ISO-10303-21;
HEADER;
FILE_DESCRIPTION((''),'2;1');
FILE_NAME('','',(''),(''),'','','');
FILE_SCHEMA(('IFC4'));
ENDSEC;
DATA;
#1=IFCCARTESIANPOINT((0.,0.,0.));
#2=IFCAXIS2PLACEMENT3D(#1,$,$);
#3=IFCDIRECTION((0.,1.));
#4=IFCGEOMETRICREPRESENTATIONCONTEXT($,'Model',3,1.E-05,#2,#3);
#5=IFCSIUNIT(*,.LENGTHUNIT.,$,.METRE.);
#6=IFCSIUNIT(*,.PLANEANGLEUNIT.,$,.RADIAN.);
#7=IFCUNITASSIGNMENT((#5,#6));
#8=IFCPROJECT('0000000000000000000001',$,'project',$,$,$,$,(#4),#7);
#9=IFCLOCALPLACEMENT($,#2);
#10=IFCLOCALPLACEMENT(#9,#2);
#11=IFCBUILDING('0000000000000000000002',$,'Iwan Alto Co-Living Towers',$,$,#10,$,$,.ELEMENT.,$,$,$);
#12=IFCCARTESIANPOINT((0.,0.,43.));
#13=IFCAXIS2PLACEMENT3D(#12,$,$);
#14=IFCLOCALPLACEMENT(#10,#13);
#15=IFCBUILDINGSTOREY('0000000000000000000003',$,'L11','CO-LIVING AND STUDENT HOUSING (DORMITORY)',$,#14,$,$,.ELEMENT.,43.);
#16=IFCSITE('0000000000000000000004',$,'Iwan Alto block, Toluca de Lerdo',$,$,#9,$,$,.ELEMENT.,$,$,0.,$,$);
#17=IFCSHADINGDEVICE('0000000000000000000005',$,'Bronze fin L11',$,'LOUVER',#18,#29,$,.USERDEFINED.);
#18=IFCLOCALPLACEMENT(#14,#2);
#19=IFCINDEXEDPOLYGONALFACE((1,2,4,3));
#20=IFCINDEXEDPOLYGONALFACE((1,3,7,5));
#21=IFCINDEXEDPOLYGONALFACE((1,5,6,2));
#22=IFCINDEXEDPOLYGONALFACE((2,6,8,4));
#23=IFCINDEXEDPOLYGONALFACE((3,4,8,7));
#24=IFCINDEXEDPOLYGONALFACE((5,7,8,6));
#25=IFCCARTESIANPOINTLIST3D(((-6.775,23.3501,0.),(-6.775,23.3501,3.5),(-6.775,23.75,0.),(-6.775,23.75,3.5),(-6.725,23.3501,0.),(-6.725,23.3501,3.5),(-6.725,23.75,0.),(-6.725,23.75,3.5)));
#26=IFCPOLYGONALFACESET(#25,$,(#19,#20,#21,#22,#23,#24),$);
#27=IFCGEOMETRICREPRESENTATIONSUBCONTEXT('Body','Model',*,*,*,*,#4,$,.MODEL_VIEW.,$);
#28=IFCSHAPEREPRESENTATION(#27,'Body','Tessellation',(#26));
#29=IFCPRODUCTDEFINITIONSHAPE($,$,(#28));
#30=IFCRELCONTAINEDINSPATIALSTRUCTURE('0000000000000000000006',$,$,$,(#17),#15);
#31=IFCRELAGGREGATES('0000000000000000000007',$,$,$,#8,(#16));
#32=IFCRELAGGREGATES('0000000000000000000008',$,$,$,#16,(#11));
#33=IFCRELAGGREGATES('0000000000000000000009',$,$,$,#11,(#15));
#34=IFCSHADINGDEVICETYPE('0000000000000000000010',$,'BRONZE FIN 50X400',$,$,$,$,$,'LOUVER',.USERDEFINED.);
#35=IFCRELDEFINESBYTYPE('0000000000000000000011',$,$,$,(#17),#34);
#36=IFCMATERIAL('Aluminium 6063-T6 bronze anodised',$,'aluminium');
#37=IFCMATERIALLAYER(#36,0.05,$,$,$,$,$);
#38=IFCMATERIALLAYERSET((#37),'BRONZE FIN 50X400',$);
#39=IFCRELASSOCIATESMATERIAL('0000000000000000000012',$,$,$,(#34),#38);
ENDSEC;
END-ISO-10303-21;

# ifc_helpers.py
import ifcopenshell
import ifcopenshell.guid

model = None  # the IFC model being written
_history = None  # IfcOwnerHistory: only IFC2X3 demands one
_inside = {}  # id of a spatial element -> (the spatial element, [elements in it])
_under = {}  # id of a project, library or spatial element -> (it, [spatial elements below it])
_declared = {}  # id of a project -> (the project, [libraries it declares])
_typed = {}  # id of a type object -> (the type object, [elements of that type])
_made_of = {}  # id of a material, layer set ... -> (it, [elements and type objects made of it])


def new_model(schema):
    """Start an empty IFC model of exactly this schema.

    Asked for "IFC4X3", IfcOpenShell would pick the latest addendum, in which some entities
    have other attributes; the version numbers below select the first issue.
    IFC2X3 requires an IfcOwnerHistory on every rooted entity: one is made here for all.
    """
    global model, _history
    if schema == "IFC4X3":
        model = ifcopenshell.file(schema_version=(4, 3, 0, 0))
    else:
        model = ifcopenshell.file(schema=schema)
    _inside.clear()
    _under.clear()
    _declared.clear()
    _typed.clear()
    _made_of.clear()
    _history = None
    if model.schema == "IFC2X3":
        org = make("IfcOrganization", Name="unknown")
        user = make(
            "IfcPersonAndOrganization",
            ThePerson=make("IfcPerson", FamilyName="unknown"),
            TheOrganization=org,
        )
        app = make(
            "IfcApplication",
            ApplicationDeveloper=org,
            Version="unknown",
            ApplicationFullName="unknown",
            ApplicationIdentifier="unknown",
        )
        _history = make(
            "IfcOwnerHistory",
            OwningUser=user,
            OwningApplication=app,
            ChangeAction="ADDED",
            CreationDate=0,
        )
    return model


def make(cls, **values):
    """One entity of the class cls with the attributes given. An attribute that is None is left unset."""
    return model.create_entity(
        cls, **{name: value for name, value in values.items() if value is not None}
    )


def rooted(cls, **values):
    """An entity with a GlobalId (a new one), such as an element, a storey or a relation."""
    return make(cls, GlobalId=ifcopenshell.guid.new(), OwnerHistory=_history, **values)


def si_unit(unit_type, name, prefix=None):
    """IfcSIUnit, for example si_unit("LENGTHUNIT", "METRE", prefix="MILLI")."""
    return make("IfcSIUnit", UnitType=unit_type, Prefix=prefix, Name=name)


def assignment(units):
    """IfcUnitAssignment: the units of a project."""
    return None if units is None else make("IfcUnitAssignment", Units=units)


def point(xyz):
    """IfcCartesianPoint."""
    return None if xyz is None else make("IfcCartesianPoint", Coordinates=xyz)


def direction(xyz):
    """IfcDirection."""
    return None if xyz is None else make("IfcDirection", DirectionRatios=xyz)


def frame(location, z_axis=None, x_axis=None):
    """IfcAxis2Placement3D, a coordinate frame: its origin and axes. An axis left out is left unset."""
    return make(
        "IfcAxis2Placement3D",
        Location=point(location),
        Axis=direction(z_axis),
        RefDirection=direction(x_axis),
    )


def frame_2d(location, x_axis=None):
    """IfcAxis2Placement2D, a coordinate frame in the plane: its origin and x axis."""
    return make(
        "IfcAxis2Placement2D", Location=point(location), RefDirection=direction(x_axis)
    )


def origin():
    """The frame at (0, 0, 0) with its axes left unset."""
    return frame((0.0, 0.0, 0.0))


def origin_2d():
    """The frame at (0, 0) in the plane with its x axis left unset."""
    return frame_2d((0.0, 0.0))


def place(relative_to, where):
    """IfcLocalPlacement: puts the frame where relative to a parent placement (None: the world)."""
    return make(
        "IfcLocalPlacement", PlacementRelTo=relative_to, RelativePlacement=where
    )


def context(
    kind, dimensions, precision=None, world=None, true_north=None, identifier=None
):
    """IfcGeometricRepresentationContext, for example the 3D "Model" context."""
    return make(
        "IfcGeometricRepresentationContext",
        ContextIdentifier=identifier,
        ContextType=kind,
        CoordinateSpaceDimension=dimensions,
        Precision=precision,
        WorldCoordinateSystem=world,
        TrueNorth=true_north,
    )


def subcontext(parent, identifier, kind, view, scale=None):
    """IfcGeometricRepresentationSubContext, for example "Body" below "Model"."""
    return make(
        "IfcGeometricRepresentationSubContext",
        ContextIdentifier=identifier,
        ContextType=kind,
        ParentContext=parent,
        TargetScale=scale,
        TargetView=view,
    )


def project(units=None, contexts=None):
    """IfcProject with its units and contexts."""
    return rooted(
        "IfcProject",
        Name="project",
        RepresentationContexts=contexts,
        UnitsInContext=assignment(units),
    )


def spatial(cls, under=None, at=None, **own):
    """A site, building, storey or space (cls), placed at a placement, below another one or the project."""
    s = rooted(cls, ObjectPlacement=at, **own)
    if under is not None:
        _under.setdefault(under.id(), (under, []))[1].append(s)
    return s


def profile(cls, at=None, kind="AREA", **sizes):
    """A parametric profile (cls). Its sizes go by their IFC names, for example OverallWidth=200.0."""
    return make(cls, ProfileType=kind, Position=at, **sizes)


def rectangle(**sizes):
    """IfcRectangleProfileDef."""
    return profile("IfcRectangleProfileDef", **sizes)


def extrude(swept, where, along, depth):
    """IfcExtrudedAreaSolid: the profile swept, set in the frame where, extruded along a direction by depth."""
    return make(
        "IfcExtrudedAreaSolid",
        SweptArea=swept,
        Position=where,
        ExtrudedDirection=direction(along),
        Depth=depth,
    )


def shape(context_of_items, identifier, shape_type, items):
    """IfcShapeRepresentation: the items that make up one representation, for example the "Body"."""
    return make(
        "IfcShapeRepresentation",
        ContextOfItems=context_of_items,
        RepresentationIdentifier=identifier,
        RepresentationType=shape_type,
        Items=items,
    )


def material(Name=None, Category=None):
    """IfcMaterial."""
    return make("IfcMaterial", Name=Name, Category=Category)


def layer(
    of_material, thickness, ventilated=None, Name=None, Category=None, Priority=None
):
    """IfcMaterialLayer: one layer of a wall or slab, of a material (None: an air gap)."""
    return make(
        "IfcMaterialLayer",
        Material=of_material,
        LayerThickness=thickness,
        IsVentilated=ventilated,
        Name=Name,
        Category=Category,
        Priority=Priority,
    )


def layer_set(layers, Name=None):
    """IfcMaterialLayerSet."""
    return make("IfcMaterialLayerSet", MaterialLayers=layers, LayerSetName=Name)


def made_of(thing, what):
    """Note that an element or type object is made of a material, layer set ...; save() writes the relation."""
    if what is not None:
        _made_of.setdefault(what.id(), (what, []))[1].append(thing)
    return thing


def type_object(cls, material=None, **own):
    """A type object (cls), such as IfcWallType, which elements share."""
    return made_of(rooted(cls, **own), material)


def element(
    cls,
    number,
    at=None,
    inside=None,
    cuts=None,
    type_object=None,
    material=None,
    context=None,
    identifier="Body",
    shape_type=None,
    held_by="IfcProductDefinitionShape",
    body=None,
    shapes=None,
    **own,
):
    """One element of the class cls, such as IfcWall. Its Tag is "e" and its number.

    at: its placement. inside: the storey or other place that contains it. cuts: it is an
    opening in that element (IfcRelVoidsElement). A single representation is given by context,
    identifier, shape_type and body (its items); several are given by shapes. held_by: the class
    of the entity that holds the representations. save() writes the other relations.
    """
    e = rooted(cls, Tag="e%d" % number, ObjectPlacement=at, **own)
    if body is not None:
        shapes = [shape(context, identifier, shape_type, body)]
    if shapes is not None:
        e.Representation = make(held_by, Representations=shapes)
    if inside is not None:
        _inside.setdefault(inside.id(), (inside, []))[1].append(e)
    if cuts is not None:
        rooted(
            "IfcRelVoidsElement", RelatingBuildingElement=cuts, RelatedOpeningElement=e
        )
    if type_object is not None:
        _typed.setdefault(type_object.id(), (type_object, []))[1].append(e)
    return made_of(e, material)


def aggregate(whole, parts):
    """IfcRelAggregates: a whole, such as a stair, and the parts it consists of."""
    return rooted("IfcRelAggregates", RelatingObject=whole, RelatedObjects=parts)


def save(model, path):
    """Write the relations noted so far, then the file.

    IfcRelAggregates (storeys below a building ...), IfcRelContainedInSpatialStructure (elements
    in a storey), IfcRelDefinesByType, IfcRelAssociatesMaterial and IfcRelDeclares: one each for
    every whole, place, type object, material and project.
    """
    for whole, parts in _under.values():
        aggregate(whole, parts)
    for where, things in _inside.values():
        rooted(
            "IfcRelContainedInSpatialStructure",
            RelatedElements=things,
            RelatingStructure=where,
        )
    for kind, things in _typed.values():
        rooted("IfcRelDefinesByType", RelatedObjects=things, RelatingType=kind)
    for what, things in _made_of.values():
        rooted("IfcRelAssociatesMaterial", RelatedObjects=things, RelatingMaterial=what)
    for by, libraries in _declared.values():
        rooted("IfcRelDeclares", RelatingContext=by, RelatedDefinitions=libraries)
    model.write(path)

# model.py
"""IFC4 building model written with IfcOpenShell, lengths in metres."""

from ifc_helpers import new_model, si_unit, direction, frame, origin, origin_2d, place, context, subcontext, project, spatial, rectangle, extrude, material, layer, layer_set, type_object, element, save


model = new_model("IFC4")

# Units and contexts
model_context = context("Model", 3, precision=1e-05, world=origin(), true_north=direction((0.0, 1.0)))
body_context = subcontext(model_context, "Body", "Model", "MODEL_VIEW")
ifc_project = project(units=[si_unit("LENGTHUNIT", "METRE"), si_unit("PLANEANGLEUNIT", "RADIAN")], contexts=[model_context])

# Site, building, storey
site_placement = place(None, origin())
site = spatial("IfcSite", under=ifc_project, at=site_placement, Name="Iwan Alto block, Toluca de Lerdo", CompositionType="ELEMENT", RefElevation=0.0)
building_placement = place(site_placement, origin())
building = spatial("IfcBuilding", under=site, at=building_placement, Name="Iwan Alto Co-Living Towers", CompositionType="ELEMENT")
storey_placement = place(building_placement, frame((0.0, 0.0, 43.0)))
storey = spatial("IfcBuildingStorey", under=building, at=storey_placement, Name="L11", Description="CO-LIVING AND STUDENT HOUSING (DORMITORY)", CompositionType="ELEMENT", Elevation=43.0)

# Shading device
ifc_material_1 = material(Name="Aluminium 6063-T6 bronze anodised", Category="aluminium")
ifc_layer_1 = layer(ifc_material_1, 0.05)
ifc_layer_set_1 = layer_set([ifc_layer_1], Name="BRONZE FIN 50X400")
shading_device_type = type_object("IfcShadingDeviceType", Name="BRONZE FIN 50X400", ElementType="LOUVER", PredefinedType="USERDEFINED", material=ifc_layer_set_1)
shading_device_placement = place(storey_placement, frame((-6.75, 23.55, 0.0), z_axis=(0.0, 0.0, 1.0), x_axis=(-1.0, 0.0, 0.0)))
element("IfcShadingDevice", 1, at=shading_device_placement, inside=storey, type_object=shading_device_type, Name="Bronze fin L11", ObjectType="LOUVER", PredefinedType="USERDEFINED", context=body_context, shape_type="SweptSolid", body=[
    extrude(rectangle(XDim=0.05, YDim=0.3999, at=origin_2d()), origin(), (0.0, 0.0, 1.0), 3.5),
])

save(model, "model.ifc")
